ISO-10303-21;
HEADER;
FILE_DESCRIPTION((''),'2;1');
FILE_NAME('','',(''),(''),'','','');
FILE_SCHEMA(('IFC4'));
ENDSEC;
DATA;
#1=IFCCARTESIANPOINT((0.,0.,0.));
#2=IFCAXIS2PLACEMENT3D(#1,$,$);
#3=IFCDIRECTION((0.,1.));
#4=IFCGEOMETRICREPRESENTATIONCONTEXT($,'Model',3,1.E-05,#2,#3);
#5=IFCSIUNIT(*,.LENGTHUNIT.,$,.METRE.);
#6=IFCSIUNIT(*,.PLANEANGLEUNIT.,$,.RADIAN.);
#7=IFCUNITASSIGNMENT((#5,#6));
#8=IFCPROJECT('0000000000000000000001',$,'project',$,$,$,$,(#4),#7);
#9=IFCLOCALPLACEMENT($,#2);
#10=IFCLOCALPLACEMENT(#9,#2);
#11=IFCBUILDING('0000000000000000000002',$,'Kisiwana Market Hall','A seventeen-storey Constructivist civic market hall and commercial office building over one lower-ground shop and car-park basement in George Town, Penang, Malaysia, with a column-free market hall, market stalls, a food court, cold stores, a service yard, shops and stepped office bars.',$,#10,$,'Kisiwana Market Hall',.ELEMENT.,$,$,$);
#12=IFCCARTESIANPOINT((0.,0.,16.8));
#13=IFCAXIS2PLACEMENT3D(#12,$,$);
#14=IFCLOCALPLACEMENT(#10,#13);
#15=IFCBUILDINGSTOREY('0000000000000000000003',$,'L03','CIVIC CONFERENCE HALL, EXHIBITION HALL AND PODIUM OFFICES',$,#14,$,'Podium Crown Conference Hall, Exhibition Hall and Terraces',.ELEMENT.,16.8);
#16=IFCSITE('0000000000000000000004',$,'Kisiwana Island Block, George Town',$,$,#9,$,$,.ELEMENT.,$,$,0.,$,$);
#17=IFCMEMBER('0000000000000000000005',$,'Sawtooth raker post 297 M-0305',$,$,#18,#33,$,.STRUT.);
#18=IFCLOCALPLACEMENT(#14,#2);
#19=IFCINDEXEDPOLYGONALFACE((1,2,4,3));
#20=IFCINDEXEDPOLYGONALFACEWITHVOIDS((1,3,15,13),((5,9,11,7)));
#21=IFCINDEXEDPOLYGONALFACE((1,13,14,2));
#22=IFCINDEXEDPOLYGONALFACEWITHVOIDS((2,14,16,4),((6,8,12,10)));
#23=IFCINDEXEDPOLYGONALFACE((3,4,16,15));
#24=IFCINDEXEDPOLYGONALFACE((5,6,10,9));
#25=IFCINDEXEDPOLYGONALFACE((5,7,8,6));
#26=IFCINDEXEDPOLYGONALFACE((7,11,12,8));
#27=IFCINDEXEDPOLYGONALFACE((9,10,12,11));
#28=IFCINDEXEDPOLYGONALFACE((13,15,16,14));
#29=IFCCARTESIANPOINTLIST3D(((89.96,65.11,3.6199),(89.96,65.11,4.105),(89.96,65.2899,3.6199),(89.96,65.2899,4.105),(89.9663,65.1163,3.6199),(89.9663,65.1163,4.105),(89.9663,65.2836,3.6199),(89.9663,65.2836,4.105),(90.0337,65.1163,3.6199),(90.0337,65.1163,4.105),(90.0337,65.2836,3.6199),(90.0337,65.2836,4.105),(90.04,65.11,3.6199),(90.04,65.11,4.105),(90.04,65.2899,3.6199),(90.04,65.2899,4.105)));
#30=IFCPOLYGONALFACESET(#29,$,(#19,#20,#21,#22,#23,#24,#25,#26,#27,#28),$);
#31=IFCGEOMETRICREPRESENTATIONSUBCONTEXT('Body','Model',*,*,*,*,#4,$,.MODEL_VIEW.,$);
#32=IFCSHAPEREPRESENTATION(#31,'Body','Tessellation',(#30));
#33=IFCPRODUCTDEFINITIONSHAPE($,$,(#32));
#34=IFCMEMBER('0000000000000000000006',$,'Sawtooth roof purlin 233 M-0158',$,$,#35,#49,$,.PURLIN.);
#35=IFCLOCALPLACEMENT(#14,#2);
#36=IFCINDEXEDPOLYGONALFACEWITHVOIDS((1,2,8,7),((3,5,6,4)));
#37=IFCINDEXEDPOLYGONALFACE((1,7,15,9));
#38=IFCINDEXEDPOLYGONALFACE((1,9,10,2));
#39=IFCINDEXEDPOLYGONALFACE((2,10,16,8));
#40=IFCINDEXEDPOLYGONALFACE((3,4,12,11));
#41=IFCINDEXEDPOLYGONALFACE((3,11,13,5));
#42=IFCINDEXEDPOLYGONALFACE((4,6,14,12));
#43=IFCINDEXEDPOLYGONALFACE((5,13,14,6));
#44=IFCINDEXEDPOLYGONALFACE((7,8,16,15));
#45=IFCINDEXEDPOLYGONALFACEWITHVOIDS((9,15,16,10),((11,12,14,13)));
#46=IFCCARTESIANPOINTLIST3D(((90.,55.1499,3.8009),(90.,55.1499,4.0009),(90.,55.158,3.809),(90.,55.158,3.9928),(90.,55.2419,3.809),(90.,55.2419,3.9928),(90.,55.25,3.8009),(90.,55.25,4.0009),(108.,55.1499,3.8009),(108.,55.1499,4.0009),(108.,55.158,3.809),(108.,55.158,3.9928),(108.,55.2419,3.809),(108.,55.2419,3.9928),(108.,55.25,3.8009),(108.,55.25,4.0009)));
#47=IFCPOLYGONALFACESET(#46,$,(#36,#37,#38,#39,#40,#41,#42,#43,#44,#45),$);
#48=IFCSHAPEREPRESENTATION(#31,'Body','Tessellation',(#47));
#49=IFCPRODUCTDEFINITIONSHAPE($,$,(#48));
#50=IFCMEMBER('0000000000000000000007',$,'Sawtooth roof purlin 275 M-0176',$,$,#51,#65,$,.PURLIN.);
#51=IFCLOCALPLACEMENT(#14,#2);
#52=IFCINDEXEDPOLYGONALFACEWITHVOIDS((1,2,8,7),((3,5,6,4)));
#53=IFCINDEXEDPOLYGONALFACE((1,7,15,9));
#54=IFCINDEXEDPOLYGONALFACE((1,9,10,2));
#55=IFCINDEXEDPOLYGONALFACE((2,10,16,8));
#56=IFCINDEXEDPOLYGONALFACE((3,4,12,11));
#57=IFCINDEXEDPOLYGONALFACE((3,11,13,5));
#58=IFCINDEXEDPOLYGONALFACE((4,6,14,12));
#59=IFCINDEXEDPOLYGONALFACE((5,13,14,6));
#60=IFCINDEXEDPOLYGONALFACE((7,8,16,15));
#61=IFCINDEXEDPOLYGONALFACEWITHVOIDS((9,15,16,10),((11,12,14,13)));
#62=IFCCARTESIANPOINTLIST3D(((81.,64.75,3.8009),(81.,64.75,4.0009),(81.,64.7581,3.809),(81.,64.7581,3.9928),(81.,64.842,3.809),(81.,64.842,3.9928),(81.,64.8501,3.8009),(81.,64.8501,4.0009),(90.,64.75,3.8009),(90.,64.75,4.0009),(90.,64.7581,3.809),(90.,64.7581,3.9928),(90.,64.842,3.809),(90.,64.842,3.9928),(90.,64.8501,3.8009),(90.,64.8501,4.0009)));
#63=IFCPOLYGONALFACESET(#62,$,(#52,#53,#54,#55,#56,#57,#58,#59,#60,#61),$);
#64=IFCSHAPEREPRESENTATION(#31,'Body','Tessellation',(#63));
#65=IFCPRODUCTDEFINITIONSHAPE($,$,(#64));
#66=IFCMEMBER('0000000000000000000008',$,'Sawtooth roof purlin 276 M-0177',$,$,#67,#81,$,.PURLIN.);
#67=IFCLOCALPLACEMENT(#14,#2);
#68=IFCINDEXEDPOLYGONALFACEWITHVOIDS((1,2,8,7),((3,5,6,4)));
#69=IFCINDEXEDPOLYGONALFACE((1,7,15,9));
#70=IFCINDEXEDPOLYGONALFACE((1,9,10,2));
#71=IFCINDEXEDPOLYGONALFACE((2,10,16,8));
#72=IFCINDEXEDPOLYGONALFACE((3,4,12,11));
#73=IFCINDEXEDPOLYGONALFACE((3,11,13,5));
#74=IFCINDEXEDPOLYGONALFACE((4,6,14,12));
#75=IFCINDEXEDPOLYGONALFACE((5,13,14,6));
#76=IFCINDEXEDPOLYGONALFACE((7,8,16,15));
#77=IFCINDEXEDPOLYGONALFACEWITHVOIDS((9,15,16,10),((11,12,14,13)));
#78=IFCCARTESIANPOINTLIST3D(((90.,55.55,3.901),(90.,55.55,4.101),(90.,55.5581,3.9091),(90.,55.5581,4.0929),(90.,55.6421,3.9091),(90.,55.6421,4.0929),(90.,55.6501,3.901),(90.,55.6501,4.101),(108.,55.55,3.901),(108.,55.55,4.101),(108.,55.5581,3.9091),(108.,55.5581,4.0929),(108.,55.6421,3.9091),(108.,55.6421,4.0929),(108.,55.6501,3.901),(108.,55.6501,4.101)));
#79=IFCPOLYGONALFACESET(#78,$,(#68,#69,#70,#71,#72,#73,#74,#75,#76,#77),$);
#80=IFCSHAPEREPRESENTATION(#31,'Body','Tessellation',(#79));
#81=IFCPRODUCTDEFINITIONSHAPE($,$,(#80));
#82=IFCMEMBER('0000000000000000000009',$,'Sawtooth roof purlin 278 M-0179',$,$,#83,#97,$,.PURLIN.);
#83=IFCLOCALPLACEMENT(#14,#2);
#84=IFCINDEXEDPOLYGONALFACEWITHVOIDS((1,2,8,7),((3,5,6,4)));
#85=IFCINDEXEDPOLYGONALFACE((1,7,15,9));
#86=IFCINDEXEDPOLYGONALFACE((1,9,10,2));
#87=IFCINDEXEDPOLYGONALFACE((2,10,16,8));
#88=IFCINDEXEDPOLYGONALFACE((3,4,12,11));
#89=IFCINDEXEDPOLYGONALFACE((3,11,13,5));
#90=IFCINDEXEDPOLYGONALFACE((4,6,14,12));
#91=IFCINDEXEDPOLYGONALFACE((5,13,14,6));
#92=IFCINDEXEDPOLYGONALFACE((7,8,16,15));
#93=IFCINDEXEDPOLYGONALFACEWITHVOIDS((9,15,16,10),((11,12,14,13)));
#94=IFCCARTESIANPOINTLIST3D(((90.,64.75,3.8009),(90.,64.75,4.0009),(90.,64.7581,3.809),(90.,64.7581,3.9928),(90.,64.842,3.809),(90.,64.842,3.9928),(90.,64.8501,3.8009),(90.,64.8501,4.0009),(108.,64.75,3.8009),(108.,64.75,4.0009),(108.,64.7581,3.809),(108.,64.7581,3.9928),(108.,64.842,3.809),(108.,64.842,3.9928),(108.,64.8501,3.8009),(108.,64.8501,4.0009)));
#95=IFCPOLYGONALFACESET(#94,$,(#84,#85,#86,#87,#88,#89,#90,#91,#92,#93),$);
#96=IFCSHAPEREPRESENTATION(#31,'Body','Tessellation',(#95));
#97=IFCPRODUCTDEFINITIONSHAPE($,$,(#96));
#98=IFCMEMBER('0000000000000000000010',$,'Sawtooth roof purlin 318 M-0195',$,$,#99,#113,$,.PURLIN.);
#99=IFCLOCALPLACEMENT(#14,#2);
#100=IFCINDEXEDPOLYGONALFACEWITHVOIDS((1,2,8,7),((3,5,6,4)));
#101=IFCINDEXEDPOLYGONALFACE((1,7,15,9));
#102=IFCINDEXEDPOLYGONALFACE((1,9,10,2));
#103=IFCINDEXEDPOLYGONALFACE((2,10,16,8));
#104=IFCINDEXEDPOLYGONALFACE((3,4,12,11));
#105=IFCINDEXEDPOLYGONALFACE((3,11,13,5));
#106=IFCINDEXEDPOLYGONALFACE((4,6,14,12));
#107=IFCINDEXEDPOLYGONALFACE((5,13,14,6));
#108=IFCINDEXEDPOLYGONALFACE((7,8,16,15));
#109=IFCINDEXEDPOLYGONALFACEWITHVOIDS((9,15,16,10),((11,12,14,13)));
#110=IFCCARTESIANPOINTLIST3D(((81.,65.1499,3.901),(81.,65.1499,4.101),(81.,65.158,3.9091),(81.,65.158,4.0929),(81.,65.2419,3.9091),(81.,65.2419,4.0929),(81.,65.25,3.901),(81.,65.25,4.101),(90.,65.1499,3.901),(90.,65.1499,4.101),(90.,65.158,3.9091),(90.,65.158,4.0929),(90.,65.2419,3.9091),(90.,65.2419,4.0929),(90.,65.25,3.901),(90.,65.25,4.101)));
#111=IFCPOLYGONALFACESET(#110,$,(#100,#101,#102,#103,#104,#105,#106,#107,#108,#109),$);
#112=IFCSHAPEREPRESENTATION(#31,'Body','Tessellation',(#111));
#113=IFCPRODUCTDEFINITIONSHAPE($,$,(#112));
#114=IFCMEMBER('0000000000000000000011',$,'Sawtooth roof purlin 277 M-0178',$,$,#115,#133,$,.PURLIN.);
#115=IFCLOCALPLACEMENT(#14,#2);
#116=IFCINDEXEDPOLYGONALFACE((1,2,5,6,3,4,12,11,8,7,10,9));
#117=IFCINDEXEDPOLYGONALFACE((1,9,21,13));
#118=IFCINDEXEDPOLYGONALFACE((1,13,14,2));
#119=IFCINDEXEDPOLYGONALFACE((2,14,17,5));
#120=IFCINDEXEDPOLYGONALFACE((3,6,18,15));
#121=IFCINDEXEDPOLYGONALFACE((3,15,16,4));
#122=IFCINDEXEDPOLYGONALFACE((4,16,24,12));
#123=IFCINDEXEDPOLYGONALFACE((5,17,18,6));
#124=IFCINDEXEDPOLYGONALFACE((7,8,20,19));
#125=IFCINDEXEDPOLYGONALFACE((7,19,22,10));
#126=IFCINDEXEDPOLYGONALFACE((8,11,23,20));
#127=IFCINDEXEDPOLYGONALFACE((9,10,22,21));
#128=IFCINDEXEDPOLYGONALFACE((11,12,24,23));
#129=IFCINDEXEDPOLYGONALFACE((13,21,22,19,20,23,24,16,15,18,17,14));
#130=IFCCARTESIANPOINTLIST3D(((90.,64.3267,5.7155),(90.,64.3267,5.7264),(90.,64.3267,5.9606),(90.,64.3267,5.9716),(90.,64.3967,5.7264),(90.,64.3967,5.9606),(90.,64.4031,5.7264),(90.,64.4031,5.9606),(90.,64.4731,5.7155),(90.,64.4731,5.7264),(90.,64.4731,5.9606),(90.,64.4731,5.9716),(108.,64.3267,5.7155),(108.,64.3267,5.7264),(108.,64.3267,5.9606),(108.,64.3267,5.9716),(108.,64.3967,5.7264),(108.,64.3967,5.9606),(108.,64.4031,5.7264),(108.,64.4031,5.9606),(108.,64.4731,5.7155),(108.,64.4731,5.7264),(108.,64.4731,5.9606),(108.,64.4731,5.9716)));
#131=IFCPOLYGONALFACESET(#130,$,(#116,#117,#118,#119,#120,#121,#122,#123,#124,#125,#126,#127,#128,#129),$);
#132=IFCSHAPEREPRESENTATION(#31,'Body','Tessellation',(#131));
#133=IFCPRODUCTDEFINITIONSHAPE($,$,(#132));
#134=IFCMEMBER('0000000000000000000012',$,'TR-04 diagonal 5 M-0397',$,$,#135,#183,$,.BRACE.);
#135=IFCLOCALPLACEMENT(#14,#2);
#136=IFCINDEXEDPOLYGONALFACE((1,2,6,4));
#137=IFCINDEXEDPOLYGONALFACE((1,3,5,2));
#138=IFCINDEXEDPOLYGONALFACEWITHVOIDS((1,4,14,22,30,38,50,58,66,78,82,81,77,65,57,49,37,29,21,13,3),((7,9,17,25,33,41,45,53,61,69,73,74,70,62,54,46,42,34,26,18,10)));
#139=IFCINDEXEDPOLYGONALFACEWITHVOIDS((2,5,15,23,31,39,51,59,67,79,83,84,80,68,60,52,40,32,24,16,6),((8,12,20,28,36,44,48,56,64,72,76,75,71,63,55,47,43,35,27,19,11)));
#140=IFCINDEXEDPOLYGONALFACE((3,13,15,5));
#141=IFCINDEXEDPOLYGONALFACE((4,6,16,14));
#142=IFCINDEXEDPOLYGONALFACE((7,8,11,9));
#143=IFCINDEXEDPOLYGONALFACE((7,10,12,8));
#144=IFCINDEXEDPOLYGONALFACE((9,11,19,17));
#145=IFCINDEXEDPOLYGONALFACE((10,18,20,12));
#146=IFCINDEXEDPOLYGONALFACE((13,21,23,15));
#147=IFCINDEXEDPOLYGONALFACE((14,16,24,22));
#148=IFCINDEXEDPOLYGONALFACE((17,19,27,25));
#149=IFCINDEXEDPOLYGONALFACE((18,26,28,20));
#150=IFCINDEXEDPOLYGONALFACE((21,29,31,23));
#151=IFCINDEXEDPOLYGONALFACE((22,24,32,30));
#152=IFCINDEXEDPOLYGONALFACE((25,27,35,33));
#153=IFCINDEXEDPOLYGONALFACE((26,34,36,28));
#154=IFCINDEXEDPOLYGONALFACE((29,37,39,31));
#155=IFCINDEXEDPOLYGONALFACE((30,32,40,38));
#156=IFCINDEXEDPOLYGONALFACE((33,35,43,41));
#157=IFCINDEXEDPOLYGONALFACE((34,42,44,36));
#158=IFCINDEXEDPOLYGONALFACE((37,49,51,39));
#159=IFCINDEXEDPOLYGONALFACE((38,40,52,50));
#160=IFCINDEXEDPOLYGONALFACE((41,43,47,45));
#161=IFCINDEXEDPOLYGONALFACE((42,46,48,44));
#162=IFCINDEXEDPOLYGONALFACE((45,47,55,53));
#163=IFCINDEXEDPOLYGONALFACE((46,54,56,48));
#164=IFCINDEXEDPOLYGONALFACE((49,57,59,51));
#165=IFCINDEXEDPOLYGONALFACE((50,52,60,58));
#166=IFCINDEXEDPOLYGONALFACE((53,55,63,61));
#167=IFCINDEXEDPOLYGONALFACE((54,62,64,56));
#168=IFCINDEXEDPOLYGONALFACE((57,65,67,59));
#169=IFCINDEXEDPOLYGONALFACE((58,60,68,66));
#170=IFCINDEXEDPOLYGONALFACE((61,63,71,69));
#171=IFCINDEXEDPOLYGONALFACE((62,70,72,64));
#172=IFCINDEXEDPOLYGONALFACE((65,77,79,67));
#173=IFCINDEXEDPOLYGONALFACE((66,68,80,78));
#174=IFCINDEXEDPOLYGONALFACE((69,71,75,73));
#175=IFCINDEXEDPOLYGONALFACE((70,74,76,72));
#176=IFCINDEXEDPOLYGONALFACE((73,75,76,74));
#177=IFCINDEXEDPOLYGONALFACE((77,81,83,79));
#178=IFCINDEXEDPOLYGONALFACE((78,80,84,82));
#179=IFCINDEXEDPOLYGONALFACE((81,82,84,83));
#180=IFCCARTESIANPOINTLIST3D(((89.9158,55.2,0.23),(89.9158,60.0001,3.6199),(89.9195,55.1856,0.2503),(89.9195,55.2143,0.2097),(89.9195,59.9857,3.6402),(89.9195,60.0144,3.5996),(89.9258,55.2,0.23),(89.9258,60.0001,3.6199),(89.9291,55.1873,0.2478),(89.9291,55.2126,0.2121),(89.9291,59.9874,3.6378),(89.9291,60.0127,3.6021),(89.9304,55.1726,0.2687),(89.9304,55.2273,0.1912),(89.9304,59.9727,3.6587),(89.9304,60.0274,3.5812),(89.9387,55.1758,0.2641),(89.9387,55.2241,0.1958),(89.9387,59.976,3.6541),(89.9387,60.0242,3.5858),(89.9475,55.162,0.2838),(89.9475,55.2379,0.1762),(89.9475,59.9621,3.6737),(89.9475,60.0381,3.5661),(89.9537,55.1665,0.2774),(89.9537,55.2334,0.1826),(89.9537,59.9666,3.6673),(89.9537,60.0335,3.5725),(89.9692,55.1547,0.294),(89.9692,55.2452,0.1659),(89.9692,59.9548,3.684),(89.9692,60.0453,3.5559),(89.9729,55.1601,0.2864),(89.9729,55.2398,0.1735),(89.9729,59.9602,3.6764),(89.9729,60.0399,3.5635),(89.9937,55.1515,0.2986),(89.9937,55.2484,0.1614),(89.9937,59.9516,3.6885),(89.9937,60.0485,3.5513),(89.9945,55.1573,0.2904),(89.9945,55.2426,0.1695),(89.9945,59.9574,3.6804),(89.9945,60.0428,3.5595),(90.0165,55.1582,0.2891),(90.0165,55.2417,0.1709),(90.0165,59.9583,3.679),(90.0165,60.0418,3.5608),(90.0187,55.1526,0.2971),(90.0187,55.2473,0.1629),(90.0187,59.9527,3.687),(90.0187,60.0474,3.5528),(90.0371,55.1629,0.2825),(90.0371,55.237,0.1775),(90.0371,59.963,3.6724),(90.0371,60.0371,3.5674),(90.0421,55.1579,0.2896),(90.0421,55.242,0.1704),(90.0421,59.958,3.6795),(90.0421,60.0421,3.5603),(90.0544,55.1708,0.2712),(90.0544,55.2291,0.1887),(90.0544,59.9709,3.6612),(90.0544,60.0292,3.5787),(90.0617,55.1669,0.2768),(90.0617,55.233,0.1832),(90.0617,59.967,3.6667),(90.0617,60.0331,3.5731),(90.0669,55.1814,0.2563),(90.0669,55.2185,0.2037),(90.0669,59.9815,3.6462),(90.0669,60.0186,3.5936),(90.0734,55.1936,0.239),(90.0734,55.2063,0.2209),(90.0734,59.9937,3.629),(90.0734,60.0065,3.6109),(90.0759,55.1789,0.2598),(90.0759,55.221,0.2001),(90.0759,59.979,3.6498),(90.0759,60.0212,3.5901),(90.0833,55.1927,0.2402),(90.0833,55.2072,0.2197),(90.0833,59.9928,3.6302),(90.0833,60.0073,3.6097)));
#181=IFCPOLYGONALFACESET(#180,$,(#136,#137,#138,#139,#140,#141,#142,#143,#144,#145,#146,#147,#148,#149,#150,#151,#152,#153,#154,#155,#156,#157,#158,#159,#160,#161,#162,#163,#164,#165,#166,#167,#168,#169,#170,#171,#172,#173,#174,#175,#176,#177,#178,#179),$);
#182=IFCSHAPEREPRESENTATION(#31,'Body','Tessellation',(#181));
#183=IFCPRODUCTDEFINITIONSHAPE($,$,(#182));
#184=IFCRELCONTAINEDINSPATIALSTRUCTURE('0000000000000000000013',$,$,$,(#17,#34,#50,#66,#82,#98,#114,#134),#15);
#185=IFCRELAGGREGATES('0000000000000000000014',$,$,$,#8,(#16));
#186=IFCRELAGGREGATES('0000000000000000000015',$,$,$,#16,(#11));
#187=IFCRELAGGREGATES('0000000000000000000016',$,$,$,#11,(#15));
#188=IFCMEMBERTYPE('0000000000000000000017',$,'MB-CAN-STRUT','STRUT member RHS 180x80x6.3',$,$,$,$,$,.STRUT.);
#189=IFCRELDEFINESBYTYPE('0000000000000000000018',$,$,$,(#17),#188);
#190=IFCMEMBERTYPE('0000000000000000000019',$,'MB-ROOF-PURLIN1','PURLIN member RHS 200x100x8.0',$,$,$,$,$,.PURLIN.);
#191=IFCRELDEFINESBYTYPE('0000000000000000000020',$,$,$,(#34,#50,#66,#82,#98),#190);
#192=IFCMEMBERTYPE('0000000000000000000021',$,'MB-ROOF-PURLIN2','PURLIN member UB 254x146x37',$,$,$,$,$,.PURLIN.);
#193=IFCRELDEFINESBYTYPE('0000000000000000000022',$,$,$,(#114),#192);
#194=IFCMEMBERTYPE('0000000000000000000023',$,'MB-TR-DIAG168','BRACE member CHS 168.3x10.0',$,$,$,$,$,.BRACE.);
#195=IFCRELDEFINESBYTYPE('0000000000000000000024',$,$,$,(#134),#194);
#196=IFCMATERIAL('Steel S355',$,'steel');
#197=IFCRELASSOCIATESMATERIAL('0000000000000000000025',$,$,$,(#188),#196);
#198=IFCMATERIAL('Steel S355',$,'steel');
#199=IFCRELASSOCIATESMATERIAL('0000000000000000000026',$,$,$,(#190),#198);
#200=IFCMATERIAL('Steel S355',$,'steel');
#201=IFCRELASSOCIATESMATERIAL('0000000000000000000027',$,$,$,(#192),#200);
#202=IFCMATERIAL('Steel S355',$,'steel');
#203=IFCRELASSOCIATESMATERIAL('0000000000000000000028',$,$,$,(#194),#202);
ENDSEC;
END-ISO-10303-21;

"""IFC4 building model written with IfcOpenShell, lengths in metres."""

from ifc_helpers import new_model, si_unit, direction, frame, origin, origin_2d, place, context, subcontext, project, spatial, hollow_rectangle, hollow_circle, i_section, extrude, material, material_profile, profile_set, type_object, element, save


model = new_model("IFC4")

# Units and contexts
model_context = context("Model", 3, precision=1e-05, world=origin(), true_north=direction((0.0, 1.0)))
body_context = subcontext(model_context, "Body", "Model", "MODEL_VIEW")
ifc_project = project(units=[si_unit("LENGTHUNIT", "METRE"), si_unit("PLANEANGLEUNIT", "RADIAN")], contexts=[model_context])

# Site, building, storey
site_placement = place(None, origin())
site = spatial("IfcSite", under=ifc_project, at=site_placement, Name="Kisiwana Island Block, George Town", CompositionType="ELEMENT", RefElevation=0.0)
building_placement = place(site_placement, origin())
building = spatial("IfcBuilding", under=site, at=building_placement, Name="Kisiwana Market Hall", Description="A seventeen-storey Constructivist civic market hall and commercial office building over one lower-ground shop and car-park basement in George Town, Penang, Malaysia, with a column-free market hall, market stalls, a food court, cold stores, a service yard, shops and stepped office bars.", LongName="Kisiwana Market Hall", CompositionType="ELEMENT")
storey_placement = place(building_placement, frame((0.0, 0.0, 16.8)))
storey = spatial("IfcBuildingStorey", under=building, at=storey_placement, Name="L03", Description="CIVIC CONFERENCE HALL, EXHIBITION HALL AND PODIUM OFFICES", LongName="Podium Crown Conference Hall, Exhibition Hall and Terraces", CompositionType="ELEMENT", Elevation=16.8)

# Members
ifc_material_1 = material(Name="Steel S355", Category="steel")
ifc_material_profile_1 = material_profile(ifc_material_1, hollow_rectangle(XDim=0.0801, YDim=0.1799, WallThickness=0.0063, at=origin_2d()), Name="RHS 180x80x6.3")
ifc_profile_set_1 = profile_set([ifc_material_profile_1], Name="Steel S355")
member_type_1 = type_object("IfcMemberType", Name="MB-CAN-STRUT", Description="STRUT member RHS 180x80x6.3", PredefinedType="STRUT", material=ifc_profile_set_1)
for number, where, z_axis, x_axis, name in (
    (1, (90.0, 65.2, 3.6199), (0.0, 0.0, 1.0), (1.0, 0.0, 0.0), "Sawtooth raker post 297 M-0305"),
):
    element("IfcMember", number, at=place(storey_placement, frame(where, z_axis=z_axis, x_axis=x_axis)), inside=storey, type_object=member_type_1, Name=name, PredefinedType="STRUT", context=body_context, shape_type="SweptSolid", body=[
        extrude(hollow_rectangle(XDim=0.0801, YDim=0.1799, WallThickness=0.0063, at=origin_2d()), origin(), (0.0, 0.0, 1.0), 0.4851),
    ])
ifc_material_2 = material(Name="Steel S355", Category="steel")
ifc_material_profile_2 = material_profile(ifc_material_2, hollow_rectangle(XDim=0.1001, YDim=0.2, WallThickness=0.0081, at=origin_2d()), Name="RHS 200x100x8.0")
ifc_profile_set_2 = profile_set([ifc_material_profile_2], Name="Steel S355")
member_type_2 = type_object("IfcMemberType", Name="MB-ROOF-PURLIN1", Description="PURLIN member RHS 200x100x8.0", PredefinedType="PURLIN", material=ifc_profile_set_2)
member_1_placement = place(storey_placement, frame((90.0, 55.2, 3.9009), z_axis=(1.0, 0.0, 0.0), x_axis=(0.0, 1.0, 0.0)))
element("IfcMember", 2, at=member_1_placement, inside=storey, type_object=member_type_2, Name="Sawtooth roof purlin 233 M-0158", PredefinedType="PURLIN", context=body_context, shape_type="SweptSolid", body=[
    extrude(hollow_rectangle(XDim=0.1001, YDim=0.2, WallThickness=0.0081, at=origin_2d()), origin(), (0.0, 0.0, 1.0), 18.0),
])
member_2_placement = place(storey_placement, frame((81.0, 64.8, 3.9009), z_axis=(1.0, 0.0, 0.0), x_axis=(0.0, 1.0, 0.0)))
element("IfcMember", 3, at=member_2_placement, inside=storey, type_object=member_type_2, Name="Sawtooth roof purlin 275 M-0176", PredefinedType="PURLIN", context=body_context, shape_type="SweptSolid", body=[
    extrude(hollow_rectangle(XDim=0.1001, YDim=0.2, WallThickness=0.0081, at=origin_2d()), origin(), (0.0, 0.0, 1.0), 9.0),
])
for number, where, z_axis, x_axis, name in (
    (4, (90.0, 55.6001, 4.001), (1.0, 0.0, 0.0), (0.0, 1.0, 0.0), "Sawtooth roof purlin 276 M-0177"),
    (5, (90.0, 64.8, 3.9009), (1.0, 0.0, 0.0), (0.0, 1.0, 0.0), "Sawtooth roof purlin 278 M-0179"),
):
    element("IfcMember", number, at=place(storey_placement, frame(where, z_axis=z_axis, x_axis=x_axis)), inside=storey, type_object=member_type_2, Name=name, PredefinedType="PURLIN", context=body_context, shape_type="SweptSolid", body=[
        extrude(hollow_rectangle(XDim=0.1001, YDim=0.2, WallThickness=0.0081, at=origin_2d()), origin(), (0.0, 0.0, 1.0), 18.0),
    ])
member_3_placement = place(storey_placement, frame((81.0, 65.2, 4.001), z_axis=(1.0, 0.0, 0.0), x_axis=(0.0, 1.0, 0.0)))
element("IfcMember", 6, at=member_3_placement, inside=storey, type_object=member_type_2, Name="Sawtooth roof purlin 318 M-0195", PredefinedType="PURLIN", context=body_context, shape_type="SweptSolid", body=[
    extrude(hollow_rectangle(XDim=0.1001, YDim=0.2, WallThickness=0.0081, at=origin_2d()), origin(), (0.0, 0.0, 1.0), 9.0),
])
ifc_material_3 = material(Name="Steel S355", Category="steel")
ifc_material_profile_3 = material_profile(ifc_material_3, i_section(OverallWidth=0.1465, OverallDepth=0.2561, WebThickness=0.0063, FlangeThickness=0.011, at=origin_2d()), Name="UB 254x146x37")
ifc_profile_set_3 = profile_set([ifc_material_profile_3], Name="Steel S355")
member_type_3 = type_object("IfcMemberType", Name="MB-ROOF-PURLIN2", Description="PURLIN member UB 254x146x37", PredefinedType="PURLIN", material=ifc_profile_set_3)
member_4_placement = place(storey_placement, frame((90.0, 64.3999, 5.8435), z_axis=(1.0, 0.0, 0.0), x_axis=(0.0, 1.0, 0.0)))
element("IfcMember", 7, at=member_4_placement, inside=storey, type_object=member_type_3, Name="Sawtooth roof purlin 277 M-0178", PredefinedType="PURLIN", context=body_context, shape_type="SweptSolid", body=[
    extrude(i_section(OverallWidth=0.1465, OverallDepth=0.2561, WebThickness=0.0063, FlangeThickness=0.011, at=origin_2d()), origin(), (0.0, 0.0, 1.0), 18.0),
])
ifc_material_4 = material(Name="Steel S355", Category="steel")
ifc_material_profile_4 = material_profile(ifc_material_4, hollow_circle(Radius=0.0842, WallThickness=0.01, at=origin_2d()), Name="CHS 168.3x10.0")
ifc_profile_set_4 = profile_set([ifc_material_profile_4], Name="Steel S355")
member_type_4 = type_object("IfcMemberType", Name="MB-TR-DIAG168", Description="BRACE member CHS 168.3x10.0", PredefinedType="BRACE", material=ifc_profile_set_4)
for number, where, z_axis, x_axis, name in (
    (8, (90.0, 55.2, 0.23), (0.0, 0.816838, 0.576868), (-1.0, 0.0, 0.0), "TR-04 diagonal 5 M-0397"),
):
    element("IfcMember", number, at=place(storey_placement, frame(where, z_axis=z_axis, x_axis=x_axis)), inside=storey, type_object=member_type_4, Name=name, PredefinedType="BRACE", context=body_context, shape_type="SweptSolid", body=[
        extrude(hollow_circle(Radius=0.0842, WallThickness=0.01, at=origin_2d()), origin(), (0.0, 0.0, 1.0), 5.8765),
    ])

save(model, "model.ifc")
